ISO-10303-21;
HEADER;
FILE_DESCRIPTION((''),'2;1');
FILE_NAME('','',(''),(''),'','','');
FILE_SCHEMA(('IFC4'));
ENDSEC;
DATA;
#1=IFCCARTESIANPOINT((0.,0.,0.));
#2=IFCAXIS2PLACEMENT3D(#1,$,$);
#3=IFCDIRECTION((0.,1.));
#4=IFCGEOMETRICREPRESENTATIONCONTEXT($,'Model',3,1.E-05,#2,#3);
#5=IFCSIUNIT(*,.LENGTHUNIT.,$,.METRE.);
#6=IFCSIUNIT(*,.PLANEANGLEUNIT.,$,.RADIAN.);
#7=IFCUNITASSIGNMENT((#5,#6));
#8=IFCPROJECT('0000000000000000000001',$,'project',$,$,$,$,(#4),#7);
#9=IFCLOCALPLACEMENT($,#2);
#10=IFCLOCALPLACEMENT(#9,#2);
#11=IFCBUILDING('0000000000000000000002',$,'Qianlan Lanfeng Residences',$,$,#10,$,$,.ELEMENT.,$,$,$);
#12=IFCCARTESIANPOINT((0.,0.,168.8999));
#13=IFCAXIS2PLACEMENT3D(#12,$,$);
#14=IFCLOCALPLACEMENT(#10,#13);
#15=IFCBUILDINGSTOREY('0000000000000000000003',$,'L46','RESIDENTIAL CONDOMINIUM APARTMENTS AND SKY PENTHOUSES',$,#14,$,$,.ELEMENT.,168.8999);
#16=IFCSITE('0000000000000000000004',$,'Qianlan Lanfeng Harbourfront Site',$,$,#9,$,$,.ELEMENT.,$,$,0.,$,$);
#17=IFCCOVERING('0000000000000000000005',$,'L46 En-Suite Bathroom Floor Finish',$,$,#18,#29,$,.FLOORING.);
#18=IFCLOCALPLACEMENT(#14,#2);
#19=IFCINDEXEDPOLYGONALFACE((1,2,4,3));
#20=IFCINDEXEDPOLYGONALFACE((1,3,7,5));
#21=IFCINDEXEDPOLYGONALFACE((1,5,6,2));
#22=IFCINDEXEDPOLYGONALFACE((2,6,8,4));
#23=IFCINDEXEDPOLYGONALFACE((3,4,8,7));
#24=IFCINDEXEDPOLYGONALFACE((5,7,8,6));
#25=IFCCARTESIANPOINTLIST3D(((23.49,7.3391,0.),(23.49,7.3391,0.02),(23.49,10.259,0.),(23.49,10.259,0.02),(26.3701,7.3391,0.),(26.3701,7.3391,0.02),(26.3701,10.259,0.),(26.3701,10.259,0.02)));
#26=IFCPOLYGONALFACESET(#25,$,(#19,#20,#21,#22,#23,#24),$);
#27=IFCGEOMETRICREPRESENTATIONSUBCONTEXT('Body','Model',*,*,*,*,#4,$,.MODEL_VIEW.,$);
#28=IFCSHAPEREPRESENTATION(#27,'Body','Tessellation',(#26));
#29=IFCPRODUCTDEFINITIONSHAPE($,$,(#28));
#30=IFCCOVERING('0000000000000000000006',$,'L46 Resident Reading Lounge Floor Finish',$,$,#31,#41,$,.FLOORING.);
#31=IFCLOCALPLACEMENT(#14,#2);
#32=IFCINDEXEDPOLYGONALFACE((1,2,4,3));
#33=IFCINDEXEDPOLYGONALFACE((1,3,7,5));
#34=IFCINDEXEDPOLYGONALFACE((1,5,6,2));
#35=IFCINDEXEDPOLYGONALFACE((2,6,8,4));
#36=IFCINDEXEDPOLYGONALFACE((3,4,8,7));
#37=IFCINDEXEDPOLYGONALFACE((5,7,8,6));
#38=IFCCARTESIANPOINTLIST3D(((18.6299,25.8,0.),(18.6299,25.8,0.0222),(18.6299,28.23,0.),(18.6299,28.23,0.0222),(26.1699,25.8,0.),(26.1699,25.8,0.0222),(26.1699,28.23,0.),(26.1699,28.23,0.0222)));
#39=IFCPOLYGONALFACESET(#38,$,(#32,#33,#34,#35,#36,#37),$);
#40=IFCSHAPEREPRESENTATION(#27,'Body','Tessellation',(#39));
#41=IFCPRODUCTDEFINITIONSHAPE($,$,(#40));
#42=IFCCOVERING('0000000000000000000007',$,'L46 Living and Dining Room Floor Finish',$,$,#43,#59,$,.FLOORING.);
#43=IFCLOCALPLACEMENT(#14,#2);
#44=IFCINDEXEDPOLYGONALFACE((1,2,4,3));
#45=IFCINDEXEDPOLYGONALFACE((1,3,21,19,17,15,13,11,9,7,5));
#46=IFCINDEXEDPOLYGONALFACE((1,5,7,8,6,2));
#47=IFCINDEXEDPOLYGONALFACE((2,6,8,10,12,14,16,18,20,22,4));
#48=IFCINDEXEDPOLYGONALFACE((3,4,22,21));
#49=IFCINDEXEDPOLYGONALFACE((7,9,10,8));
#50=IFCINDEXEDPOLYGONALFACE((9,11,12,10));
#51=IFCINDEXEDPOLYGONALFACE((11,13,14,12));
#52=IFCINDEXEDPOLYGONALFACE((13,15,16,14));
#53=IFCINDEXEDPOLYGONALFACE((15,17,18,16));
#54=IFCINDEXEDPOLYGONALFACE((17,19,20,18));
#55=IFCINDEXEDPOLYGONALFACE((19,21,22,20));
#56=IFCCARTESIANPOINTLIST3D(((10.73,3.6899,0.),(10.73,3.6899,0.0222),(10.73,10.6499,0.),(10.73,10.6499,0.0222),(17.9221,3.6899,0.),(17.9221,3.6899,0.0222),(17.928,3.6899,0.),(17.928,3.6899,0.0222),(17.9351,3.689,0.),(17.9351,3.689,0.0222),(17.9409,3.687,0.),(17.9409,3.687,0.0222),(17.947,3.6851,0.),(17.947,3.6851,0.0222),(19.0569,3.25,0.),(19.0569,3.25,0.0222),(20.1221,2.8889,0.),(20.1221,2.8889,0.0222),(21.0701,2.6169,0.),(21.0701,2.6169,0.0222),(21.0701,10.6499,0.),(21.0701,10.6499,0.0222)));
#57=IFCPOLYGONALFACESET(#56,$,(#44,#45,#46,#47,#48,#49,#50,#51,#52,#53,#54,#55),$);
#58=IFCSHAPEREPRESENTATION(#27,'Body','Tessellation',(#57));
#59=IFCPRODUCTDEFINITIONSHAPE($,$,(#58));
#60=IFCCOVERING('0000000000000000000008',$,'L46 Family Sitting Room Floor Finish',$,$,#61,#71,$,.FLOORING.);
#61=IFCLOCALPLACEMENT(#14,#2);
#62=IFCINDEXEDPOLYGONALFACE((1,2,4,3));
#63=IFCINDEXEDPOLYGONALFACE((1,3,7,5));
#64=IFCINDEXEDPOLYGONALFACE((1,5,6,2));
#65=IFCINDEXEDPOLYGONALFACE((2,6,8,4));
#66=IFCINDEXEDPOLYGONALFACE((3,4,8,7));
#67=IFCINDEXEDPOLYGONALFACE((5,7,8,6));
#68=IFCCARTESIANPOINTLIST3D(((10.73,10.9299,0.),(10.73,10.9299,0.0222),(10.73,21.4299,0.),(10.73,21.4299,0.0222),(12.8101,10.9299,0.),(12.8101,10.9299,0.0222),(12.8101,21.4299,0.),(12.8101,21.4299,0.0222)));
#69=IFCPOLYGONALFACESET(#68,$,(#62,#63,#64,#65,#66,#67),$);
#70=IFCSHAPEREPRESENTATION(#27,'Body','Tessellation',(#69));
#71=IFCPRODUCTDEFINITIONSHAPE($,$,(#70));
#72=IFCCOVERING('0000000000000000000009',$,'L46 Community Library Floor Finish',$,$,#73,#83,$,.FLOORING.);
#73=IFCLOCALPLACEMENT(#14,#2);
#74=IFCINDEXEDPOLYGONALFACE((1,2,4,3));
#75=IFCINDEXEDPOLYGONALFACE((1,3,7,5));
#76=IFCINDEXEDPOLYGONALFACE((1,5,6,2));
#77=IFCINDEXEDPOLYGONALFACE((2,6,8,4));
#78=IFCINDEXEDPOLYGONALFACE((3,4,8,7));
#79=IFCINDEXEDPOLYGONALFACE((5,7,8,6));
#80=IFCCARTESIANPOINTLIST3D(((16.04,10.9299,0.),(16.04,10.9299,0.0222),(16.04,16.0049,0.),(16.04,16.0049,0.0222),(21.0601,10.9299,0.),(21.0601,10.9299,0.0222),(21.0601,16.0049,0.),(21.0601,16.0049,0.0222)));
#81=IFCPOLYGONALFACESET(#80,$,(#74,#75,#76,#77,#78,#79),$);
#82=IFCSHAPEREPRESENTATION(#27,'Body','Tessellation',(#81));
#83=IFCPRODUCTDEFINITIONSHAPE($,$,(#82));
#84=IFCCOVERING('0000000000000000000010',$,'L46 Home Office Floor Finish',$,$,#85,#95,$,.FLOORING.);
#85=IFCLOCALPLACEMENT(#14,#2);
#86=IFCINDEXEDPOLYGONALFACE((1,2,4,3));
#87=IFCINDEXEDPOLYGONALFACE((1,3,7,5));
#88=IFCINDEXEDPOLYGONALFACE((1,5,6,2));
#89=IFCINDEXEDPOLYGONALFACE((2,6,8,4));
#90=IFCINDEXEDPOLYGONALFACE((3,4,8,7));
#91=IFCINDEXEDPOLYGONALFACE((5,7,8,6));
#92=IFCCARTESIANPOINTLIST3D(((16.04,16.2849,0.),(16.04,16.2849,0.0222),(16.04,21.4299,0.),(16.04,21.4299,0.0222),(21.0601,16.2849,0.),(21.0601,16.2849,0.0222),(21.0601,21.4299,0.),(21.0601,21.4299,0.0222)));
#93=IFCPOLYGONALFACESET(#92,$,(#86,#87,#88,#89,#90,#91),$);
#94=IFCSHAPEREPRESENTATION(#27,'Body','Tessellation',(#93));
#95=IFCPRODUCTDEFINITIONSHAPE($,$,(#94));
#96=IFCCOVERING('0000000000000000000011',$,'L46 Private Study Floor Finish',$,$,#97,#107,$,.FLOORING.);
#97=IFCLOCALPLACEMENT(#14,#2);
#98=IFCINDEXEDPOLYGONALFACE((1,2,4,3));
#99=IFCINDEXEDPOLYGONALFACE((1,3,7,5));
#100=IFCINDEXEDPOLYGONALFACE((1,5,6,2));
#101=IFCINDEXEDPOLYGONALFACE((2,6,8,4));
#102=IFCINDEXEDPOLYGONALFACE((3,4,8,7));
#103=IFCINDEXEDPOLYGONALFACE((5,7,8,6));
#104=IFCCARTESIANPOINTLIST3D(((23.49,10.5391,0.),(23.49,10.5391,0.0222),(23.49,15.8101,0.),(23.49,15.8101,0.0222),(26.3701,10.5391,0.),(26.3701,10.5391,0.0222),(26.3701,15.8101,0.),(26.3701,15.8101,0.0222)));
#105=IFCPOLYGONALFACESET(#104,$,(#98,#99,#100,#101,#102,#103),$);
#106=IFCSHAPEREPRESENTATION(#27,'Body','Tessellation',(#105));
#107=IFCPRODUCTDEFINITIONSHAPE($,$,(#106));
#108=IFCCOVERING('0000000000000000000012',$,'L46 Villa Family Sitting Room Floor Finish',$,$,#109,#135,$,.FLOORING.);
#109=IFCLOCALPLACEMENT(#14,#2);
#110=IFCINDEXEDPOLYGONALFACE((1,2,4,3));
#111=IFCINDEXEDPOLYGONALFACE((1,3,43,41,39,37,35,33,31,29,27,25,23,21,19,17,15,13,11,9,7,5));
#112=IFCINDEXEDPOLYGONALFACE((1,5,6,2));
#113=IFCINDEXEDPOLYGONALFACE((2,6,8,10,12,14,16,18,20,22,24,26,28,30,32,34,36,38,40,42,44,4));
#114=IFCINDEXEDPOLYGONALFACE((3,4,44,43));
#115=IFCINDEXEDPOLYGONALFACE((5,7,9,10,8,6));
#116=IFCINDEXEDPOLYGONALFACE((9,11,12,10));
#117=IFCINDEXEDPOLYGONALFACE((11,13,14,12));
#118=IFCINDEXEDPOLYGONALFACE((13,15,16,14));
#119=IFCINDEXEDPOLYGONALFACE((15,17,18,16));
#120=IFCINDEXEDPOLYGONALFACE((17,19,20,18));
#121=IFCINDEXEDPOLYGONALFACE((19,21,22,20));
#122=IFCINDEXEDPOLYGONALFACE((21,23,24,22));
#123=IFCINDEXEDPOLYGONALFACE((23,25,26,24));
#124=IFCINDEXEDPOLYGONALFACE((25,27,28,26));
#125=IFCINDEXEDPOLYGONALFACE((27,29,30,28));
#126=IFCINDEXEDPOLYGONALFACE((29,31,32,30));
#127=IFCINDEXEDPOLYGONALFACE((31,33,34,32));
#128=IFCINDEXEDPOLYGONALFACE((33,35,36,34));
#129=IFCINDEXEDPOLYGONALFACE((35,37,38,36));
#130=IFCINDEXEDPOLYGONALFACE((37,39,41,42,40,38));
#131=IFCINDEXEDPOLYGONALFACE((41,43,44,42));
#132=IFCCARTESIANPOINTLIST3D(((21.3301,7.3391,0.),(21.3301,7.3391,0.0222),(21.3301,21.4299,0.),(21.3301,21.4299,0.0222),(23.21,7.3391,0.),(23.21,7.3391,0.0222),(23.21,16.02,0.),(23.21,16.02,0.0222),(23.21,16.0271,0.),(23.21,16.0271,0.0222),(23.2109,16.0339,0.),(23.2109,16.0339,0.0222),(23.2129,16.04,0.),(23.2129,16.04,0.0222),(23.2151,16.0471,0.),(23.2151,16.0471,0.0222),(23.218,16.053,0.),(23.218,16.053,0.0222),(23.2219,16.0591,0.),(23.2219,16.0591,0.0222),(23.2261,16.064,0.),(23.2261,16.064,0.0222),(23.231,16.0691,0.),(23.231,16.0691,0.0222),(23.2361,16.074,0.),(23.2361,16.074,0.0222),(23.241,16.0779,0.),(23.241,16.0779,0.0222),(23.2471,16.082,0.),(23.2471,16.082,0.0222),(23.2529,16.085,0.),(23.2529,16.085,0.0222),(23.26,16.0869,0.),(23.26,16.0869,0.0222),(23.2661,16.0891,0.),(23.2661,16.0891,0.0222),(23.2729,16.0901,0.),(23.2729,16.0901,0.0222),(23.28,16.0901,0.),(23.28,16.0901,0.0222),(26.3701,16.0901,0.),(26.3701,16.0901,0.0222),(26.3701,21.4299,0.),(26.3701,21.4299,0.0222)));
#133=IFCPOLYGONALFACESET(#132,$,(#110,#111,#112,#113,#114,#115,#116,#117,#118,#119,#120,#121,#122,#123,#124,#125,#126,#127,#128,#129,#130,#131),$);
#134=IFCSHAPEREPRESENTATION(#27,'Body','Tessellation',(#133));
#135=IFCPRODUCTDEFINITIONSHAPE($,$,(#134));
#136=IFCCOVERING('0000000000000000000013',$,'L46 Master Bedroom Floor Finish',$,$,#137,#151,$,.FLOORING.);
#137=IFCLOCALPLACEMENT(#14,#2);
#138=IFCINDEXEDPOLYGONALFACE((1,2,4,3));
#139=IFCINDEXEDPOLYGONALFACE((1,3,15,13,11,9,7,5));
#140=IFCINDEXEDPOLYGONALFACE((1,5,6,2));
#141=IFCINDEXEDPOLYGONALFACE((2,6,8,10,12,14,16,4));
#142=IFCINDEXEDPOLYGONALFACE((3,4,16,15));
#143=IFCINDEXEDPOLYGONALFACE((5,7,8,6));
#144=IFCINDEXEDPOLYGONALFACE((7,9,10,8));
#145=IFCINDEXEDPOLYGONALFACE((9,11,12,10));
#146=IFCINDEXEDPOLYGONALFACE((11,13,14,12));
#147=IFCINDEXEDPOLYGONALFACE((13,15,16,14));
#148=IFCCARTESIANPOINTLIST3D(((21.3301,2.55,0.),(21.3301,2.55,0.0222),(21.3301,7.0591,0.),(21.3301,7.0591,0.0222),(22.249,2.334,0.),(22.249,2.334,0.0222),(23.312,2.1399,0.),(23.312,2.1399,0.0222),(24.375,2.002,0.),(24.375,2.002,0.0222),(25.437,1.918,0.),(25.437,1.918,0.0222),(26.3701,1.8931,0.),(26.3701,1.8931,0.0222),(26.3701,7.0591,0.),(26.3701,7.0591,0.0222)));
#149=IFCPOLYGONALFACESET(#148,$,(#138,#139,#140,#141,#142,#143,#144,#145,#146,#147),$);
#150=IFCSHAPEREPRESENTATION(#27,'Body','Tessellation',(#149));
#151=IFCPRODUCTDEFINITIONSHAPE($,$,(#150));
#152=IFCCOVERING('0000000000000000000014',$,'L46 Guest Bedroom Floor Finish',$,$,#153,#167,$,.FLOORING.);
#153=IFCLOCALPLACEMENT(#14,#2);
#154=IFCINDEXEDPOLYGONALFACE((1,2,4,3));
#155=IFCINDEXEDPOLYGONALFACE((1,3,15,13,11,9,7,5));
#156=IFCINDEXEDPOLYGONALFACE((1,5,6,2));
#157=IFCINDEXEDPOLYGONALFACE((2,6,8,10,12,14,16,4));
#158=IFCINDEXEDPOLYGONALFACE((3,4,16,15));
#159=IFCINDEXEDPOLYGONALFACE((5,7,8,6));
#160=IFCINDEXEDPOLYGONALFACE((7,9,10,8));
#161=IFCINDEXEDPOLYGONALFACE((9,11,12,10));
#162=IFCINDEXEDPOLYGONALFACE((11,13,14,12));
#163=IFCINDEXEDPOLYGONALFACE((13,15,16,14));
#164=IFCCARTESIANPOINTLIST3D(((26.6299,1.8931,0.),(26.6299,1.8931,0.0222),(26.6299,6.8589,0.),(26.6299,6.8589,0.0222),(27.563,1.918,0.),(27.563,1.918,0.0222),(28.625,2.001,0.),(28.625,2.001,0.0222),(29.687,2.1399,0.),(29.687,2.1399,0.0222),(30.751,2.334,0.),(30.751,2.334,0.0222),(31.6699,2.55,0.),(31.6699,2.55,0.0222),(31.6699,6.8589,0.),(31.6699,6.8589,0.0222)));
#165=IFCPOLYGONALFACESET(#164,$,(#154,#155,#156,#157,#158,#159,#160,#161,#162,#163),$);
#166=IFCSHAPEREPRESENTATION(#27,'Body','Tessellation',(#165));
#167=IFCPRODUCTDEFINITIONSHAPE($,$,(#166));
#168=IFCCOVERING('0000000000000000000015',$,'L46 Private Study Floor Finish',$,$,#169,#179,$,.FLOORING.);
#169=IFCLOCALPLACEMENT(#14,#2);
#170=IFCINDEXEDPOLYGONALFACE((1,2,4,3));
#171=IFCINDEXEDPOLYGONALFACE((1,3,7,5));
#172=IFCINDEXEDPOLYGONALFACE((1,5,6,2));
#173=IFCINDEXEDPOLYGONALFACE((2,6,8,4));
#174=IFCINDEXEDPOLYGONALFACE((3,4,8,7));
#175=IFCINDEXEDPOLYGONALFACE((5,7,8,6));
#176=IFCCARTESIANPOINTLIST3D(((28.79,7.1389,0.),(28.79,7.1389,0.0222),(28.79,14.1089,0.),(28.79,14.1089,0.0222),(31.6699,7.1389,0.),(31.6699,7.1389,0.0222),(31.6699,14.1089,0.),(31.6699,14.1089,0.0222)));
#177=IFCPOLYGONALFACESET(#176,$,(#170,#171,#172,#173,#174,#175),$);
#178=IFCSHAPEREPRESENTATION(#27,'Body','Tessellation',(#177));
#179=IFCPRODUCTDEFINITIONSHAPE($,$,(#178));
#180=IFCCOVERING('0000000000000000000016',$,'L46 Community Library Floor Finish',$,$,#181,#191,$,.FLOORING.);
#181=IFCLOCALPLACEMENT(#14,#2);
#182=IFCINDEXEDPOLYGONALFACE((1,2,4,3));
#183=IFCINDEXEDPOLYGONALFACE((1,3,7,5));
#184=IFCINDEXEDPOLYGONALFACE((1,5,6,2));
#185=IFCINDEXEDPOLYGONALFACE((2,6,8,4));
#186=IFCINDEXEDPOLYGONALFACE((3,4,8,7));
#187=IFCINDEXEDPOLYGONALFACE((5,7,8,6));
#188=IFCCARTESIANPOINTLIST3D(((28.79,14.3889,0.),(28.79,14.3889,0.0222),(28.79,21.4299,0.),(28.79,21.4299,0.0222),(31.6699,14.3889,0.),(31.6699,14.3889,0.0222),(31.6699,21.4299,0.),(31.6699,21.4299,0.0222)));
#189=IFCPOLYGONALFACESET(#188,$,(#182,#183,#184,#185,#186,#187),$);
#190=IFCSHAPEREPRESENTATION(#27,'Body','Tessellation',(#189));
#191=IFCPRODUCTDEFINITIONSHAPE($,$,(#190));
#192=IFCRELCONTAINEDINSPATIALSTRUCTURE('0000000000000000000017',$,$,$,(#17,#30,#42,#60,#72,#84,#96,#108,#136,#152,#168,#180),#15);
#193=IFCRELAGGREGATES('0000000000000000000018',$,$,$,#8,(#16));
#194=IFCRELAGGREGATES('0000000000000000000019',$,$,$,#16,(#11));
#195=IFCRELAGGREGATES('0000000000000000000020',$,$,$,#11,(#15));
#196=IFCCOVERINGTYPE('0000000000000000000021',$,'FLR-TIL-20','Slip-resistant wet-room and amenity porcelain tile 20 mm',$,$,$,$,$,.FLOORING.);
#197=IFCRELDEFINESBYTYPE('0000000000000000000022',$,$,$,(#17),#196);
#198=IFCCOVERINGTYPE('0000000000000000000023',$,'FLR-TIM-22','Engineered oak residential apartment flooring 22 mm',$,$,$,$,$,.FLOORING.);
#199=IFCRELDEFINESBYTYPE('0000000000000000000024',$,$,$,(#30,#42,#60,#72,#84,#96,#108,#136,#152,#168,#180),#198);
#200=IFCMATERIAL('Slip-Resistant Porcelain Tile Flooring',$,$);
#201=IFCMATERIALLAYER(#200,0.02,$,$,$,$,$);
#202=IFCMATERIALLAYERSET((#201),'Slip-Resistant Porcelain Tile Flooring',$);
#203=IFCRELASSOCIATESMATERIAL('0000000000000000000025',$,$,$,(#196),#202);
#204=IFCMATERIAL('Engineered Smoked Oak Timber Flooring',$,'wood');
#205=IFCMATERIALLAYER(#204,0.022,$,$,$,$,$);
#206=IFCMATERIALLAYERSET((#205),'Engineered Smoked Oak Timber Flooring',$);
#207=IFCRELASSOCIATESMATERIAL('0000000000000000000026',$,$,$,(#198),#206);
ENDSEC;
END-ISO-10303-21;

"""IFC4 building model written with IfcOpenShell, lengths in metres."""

from ifc_helpers import new_model, si_unit, direction, frame, origin, place, context, subcontext, project, spatial, polyline, outline, extrude, material, layer, layer_set, type_object, element, save


model = new_model("IFC4")

# Units and contexts
model_context = context("Model", 3, precision=1e-05, world=origin(), true_north=direction((0.0, 1.0)))
body_context = subcontext(model_context, "Body", "Model", "MODEL_VIEW")
ifc_project = project(units=[si_unit("LENGTHUNIT", "METRE"), si_unit("PLANEANGLEUNIT", "RADIAN")], contexts=[model_context])

# Site, building, storey
site_placement = place(None, origin())
site = spatial("IfcSite", under=ifc_project, at=site_placement, Name="Qianlan Lanfeng Harbourfront Site", CompositionType="ELEMENT", RefElevation=0.0)
building_placement = place(site_placement, origin())
building = spatial("IfcBuilding", under=site, at=building_placement, Name="Qianlan Lanfeng Residences", CompositionType="ELEMENT")
storey_placement = place(building_placement, frame((0.0, 0.0, 168.8999)))
storey = spatial("IfcBuildingStorey", under=building, at=storey_placement, Name="L46", Description="RESIDENTIAL CONDOMINIUM APARTMENTS AND SKY PENTHOUSES", CompositionType="ELEMENT", Elevation=168.8999)

# Coverings
ifc_material_1 = material(Name="Slip-Resistant Porcelain Tile Flooring")
ifc_layer_1 = layer(ifc_material_1, 0.02)
ifc_layer_set_1 = layer_set([ifc_layer_1], Name="Slip-Resistant Porcelain Tile Flooring")
covering_type_1 = type_object("IfcCoveringType", Name="FLR-TIL-20", Description="Slip-resistant wet-room and amenity porcelain tile 20 mm", PredefinedType="FLOORING", material=ifc_layer_set_1)
covering_1_placement = place(storey_placement, origin())
element("IfcCovering", 1, at=covering_1_placement, inside=storey, type_object=covering_type_1, Name="L46 En-Suite Bathroom Floor Finish", PredefinedType="FLOORING", context=body_context, shape_type="SweptSolid", body=[
    extrude(outline(polyline([(23.49, 7.3391), (26.3701, 7.3391), (26.3701, 10.259), (23.49, 10.259), (23.49, 7.3391)])), origin(), (0.0, 0.0, 1.0), 0.02),
])
ifc_material_2 = material(Name="Engineered Smoked Oak Timber Flooring", Category="wood")
ifc_layer_2 = layer(ifc_material_2, 0.022)
ifc_layer_set_2 = layer_set([ifc_layer_2], Name="Engineered Smoked Oak Timber Flooring")
covering_type_2 = type_object("IfcCoveringType", Name="FLR-TIM-22", Description="Engineered oak residential apartment flooring 22 mm", PredefinedType="FLOORING", material=ifc_layer_set_2)
covering_2_placement = place(storey_placement, origin())
element("IfcCovering", 2, at=covering_2_placement, inside=storey, type_object=covering_type_2, Name="L46 Resident Reading Lounge Floor Finish", PredefinedType="FLOORING", context=body_context, shape_type="SweptSolid", body=[
    extrude(outline(polyline([(18.6299, 25.8), (26.1699, 25.8), (26.1699, 28.23), (18.6299, 28.23), (18.6299, 25.8)])), origin(), (0.0, 0.0, 1.0), 0.0222),
])
covering_3_placement = place(storey_placement, origin())
element("IfcCovering", 3, at=covering_3_placement, inside=storey, type_object=covering_type_2, Name="L46 Living and Dining Room Floor Finish", PredefinedType="FLOORING", context=body_context, shape_type="SweptSolid", body=[
    extrude(outline(polyline([(10.73, 10.6499), (10.73, 3.6899), (17.9221, 3.6899), (17.928, 3.6899), (17.9351, 3.689), (17.9409, 3.687), (17.947, 3.6851), (19.0569, 3.25), (20.1221, 2.8889), (21.0701, 2.6169), (21.0701, 10.6499), (10.73, 10.6499)])), origin(), (0.0, 0.0, 1.0), 0.0222),
])
covering_4_placement = place(storey_placement, origin())
element("IfcCovering", 4, at=covering_4_placement, inside=storey, type_object=covering_type_2, Name="L46 Family Sitting Room Floor Finish", PredefinedType="FLOORING", context=body_context, shape_type="SweptSolid", body=[
    extrude(outline(polyline([(10.73, 10.9299), (12.8101, 10.9299), (12.8101, 21.4299), (10.73, 21.4299), (10.73, 10.9299)])), origin(), (0.0, 0.0, 1.0), 0.0222),
])
covering_5_placement = place(storey_placement, origin())
element("IfcCovering", 5, at=covering_5_placement, inside=storey, type_object=covering_type_2, Name="L46 Community Library Floor Finish", PredefinedType="FLOORING", context=body_context, shape_type="SweptSolid", body=[
    extrude(outline(polyline([(16.04, 10.9299), (21.0601, 10.9299), (21.0601, 16.0049), (16.04, 16.0049), (16.04, 10.9299)])), origin(), (0.0, 0.0, 1.0), 0.0222),
])
covering_6_placement = place(storey_placement, origin())
element("IfcCovering", 6, at=covering_6_placement, inside=storey, type_object=covering_type_2, Name="L46 Home Office Floor Finish", PredefinedType="FLOORING", context=body_context, shape_type="SweptSolid", body=[
    extrude(outline(polyline([(16.04, 16.2849), (21.0601, 16.2849), (21.0601, 21.4299), (16.04, 21.4299), (16.04, 16.2849)])), origin(), (0.0, 0.0, 1.0), 0.0222),
])
covering_7_placement = place(storey_placement, origin())
element("IfcCovering", 7, at=covering_7_placement, inside=storey, type_object=covering_type_2, Name="L46 Private Study Floor Finish", PredefinedType="FLOORING", context=body_context, shape_type="SweptSolid", body=[
    extrude(outline(polyline([(23.49, 10.5391), (26.3701, 10.5391), (26.3701, 15.8101), (23.49, 15.8101), (23.49, 10.5391)])), origin(), (0.0, 0.0, 1.0), 0.0222),
])
covering_8_placement = place(storey_placement, origin())
element("IfcCovering", 8, at=covering_8_placement, inside=storey, type_object=covering_type_2, Name="L46 Villa Family Sitting Room Floor Finish", PredefinedType="FLOORING", context=body_context, shape_type="SweptSolid", body=[
    extrude(outline(polyline([(21.3301, 7.3391), (23.21, 7.3391), (23.21, 16.02), (23.21, 16.0271), (23.2109, 16.0339), (23.2129, 16.04), (23.2151, 16.0471), (23.218, 16.053), (23.2219, 16.0591), (23.2261, 16.064), (23.231, 16.0691), (23.2361, 16.074), (23.241, 16.0779), (23.2471, 16.082), (23.2529, 16.085), (23.26, 16.0869), (23.2661, 16.0891), (23.2729, 16.0901), (23.28, 16.0901), (26.3701, 16.0901), (26.3701, 21.4299), (21.3301, 21.4299), (21.3301, 7.3391)])), origin(), (0.0, 0.0, 1.0), 0.0222),
])
covering_9_placement = place(storey_placement, origin())
element("IfcCovering", 9, at=covering_9_placement, inside=storey, type_object=covering_type_2, Name="L46 Master Bedroom Floor Finish", PredefinedType="FLOORING", context=body_context, shape_type="SweptSolid", body=[
    extrude(outline(polyline([(21.3301, 7.0591), (21.3301, 2.55), (22.249, 2.334), (23.312, 2.1399), (24.375, 2.002), (25.437, 1.918), (26.3701, 1.8931), (26.3701, 7.0591), (21.3301, 7.0591)])), origin(), (0.0, 0.0, 1.0), 0.0222),
])
covering_10_placement = place(storey_placement, origin())
element("IfcCovering", 10, at=covering_10_placement, inside=storey, type_object=covering_type_2, Name="L46 Guest Bedroom Floor Finish", PredefinedType="FLOORING", context=body_context, shape_type="SweptSolid", body=[
    extrude(outline(polyline([(26.6299, 6.8589), (26.6299, 1.8931), (27.563, 1.918), (28.625, 2.001), (29.687, 2.1399), (30.751, 2.334), (31.6699, 2.55), (31.6699, 6.8589), (26.6299, 6.8589)])), origin(), (0.0, 0.0, 1.0), 0.0222),
])
covering_11_placement = place(storey_placement, origin())
element("IfcCovering", 11, at=covering_11_placement, inside=storey, type_object=covering_type_2, Name="L46 Private Study Floor Finish", PredefinedType="FLOORING", context=body_context, shape_type="SweptSolid", body=[
    extrude(outline(polyline([(28.79, 7.1389), (31.6699, 7.1389), (31.6699, 14.1089), (28.79, 14.1089), (28.79, 7.1389)])), origin(), (0.0, 0.0, 1.0), 0.0222),
])
covering_12_placement = place(storey_placement, origin())
element("IfcCovering", 12, at=covering_12_placement, inside=storey, type_object=covering_type_2, Name="L46 Community Library Floor Finish", PredefinedType="FLOORING", context=body_context, shape_type="SweptSolid", body=[
    extrude(outline(polyline([(28.79, 14.3889), (31.6699, 14.3889), (31.6699, 21.4299), (28.79, 21.4299), (28.79, 14.3889)])), origin(), (0.0, 0.0, 1.0), 0.0222),
])

save(model, "model.ifc")
